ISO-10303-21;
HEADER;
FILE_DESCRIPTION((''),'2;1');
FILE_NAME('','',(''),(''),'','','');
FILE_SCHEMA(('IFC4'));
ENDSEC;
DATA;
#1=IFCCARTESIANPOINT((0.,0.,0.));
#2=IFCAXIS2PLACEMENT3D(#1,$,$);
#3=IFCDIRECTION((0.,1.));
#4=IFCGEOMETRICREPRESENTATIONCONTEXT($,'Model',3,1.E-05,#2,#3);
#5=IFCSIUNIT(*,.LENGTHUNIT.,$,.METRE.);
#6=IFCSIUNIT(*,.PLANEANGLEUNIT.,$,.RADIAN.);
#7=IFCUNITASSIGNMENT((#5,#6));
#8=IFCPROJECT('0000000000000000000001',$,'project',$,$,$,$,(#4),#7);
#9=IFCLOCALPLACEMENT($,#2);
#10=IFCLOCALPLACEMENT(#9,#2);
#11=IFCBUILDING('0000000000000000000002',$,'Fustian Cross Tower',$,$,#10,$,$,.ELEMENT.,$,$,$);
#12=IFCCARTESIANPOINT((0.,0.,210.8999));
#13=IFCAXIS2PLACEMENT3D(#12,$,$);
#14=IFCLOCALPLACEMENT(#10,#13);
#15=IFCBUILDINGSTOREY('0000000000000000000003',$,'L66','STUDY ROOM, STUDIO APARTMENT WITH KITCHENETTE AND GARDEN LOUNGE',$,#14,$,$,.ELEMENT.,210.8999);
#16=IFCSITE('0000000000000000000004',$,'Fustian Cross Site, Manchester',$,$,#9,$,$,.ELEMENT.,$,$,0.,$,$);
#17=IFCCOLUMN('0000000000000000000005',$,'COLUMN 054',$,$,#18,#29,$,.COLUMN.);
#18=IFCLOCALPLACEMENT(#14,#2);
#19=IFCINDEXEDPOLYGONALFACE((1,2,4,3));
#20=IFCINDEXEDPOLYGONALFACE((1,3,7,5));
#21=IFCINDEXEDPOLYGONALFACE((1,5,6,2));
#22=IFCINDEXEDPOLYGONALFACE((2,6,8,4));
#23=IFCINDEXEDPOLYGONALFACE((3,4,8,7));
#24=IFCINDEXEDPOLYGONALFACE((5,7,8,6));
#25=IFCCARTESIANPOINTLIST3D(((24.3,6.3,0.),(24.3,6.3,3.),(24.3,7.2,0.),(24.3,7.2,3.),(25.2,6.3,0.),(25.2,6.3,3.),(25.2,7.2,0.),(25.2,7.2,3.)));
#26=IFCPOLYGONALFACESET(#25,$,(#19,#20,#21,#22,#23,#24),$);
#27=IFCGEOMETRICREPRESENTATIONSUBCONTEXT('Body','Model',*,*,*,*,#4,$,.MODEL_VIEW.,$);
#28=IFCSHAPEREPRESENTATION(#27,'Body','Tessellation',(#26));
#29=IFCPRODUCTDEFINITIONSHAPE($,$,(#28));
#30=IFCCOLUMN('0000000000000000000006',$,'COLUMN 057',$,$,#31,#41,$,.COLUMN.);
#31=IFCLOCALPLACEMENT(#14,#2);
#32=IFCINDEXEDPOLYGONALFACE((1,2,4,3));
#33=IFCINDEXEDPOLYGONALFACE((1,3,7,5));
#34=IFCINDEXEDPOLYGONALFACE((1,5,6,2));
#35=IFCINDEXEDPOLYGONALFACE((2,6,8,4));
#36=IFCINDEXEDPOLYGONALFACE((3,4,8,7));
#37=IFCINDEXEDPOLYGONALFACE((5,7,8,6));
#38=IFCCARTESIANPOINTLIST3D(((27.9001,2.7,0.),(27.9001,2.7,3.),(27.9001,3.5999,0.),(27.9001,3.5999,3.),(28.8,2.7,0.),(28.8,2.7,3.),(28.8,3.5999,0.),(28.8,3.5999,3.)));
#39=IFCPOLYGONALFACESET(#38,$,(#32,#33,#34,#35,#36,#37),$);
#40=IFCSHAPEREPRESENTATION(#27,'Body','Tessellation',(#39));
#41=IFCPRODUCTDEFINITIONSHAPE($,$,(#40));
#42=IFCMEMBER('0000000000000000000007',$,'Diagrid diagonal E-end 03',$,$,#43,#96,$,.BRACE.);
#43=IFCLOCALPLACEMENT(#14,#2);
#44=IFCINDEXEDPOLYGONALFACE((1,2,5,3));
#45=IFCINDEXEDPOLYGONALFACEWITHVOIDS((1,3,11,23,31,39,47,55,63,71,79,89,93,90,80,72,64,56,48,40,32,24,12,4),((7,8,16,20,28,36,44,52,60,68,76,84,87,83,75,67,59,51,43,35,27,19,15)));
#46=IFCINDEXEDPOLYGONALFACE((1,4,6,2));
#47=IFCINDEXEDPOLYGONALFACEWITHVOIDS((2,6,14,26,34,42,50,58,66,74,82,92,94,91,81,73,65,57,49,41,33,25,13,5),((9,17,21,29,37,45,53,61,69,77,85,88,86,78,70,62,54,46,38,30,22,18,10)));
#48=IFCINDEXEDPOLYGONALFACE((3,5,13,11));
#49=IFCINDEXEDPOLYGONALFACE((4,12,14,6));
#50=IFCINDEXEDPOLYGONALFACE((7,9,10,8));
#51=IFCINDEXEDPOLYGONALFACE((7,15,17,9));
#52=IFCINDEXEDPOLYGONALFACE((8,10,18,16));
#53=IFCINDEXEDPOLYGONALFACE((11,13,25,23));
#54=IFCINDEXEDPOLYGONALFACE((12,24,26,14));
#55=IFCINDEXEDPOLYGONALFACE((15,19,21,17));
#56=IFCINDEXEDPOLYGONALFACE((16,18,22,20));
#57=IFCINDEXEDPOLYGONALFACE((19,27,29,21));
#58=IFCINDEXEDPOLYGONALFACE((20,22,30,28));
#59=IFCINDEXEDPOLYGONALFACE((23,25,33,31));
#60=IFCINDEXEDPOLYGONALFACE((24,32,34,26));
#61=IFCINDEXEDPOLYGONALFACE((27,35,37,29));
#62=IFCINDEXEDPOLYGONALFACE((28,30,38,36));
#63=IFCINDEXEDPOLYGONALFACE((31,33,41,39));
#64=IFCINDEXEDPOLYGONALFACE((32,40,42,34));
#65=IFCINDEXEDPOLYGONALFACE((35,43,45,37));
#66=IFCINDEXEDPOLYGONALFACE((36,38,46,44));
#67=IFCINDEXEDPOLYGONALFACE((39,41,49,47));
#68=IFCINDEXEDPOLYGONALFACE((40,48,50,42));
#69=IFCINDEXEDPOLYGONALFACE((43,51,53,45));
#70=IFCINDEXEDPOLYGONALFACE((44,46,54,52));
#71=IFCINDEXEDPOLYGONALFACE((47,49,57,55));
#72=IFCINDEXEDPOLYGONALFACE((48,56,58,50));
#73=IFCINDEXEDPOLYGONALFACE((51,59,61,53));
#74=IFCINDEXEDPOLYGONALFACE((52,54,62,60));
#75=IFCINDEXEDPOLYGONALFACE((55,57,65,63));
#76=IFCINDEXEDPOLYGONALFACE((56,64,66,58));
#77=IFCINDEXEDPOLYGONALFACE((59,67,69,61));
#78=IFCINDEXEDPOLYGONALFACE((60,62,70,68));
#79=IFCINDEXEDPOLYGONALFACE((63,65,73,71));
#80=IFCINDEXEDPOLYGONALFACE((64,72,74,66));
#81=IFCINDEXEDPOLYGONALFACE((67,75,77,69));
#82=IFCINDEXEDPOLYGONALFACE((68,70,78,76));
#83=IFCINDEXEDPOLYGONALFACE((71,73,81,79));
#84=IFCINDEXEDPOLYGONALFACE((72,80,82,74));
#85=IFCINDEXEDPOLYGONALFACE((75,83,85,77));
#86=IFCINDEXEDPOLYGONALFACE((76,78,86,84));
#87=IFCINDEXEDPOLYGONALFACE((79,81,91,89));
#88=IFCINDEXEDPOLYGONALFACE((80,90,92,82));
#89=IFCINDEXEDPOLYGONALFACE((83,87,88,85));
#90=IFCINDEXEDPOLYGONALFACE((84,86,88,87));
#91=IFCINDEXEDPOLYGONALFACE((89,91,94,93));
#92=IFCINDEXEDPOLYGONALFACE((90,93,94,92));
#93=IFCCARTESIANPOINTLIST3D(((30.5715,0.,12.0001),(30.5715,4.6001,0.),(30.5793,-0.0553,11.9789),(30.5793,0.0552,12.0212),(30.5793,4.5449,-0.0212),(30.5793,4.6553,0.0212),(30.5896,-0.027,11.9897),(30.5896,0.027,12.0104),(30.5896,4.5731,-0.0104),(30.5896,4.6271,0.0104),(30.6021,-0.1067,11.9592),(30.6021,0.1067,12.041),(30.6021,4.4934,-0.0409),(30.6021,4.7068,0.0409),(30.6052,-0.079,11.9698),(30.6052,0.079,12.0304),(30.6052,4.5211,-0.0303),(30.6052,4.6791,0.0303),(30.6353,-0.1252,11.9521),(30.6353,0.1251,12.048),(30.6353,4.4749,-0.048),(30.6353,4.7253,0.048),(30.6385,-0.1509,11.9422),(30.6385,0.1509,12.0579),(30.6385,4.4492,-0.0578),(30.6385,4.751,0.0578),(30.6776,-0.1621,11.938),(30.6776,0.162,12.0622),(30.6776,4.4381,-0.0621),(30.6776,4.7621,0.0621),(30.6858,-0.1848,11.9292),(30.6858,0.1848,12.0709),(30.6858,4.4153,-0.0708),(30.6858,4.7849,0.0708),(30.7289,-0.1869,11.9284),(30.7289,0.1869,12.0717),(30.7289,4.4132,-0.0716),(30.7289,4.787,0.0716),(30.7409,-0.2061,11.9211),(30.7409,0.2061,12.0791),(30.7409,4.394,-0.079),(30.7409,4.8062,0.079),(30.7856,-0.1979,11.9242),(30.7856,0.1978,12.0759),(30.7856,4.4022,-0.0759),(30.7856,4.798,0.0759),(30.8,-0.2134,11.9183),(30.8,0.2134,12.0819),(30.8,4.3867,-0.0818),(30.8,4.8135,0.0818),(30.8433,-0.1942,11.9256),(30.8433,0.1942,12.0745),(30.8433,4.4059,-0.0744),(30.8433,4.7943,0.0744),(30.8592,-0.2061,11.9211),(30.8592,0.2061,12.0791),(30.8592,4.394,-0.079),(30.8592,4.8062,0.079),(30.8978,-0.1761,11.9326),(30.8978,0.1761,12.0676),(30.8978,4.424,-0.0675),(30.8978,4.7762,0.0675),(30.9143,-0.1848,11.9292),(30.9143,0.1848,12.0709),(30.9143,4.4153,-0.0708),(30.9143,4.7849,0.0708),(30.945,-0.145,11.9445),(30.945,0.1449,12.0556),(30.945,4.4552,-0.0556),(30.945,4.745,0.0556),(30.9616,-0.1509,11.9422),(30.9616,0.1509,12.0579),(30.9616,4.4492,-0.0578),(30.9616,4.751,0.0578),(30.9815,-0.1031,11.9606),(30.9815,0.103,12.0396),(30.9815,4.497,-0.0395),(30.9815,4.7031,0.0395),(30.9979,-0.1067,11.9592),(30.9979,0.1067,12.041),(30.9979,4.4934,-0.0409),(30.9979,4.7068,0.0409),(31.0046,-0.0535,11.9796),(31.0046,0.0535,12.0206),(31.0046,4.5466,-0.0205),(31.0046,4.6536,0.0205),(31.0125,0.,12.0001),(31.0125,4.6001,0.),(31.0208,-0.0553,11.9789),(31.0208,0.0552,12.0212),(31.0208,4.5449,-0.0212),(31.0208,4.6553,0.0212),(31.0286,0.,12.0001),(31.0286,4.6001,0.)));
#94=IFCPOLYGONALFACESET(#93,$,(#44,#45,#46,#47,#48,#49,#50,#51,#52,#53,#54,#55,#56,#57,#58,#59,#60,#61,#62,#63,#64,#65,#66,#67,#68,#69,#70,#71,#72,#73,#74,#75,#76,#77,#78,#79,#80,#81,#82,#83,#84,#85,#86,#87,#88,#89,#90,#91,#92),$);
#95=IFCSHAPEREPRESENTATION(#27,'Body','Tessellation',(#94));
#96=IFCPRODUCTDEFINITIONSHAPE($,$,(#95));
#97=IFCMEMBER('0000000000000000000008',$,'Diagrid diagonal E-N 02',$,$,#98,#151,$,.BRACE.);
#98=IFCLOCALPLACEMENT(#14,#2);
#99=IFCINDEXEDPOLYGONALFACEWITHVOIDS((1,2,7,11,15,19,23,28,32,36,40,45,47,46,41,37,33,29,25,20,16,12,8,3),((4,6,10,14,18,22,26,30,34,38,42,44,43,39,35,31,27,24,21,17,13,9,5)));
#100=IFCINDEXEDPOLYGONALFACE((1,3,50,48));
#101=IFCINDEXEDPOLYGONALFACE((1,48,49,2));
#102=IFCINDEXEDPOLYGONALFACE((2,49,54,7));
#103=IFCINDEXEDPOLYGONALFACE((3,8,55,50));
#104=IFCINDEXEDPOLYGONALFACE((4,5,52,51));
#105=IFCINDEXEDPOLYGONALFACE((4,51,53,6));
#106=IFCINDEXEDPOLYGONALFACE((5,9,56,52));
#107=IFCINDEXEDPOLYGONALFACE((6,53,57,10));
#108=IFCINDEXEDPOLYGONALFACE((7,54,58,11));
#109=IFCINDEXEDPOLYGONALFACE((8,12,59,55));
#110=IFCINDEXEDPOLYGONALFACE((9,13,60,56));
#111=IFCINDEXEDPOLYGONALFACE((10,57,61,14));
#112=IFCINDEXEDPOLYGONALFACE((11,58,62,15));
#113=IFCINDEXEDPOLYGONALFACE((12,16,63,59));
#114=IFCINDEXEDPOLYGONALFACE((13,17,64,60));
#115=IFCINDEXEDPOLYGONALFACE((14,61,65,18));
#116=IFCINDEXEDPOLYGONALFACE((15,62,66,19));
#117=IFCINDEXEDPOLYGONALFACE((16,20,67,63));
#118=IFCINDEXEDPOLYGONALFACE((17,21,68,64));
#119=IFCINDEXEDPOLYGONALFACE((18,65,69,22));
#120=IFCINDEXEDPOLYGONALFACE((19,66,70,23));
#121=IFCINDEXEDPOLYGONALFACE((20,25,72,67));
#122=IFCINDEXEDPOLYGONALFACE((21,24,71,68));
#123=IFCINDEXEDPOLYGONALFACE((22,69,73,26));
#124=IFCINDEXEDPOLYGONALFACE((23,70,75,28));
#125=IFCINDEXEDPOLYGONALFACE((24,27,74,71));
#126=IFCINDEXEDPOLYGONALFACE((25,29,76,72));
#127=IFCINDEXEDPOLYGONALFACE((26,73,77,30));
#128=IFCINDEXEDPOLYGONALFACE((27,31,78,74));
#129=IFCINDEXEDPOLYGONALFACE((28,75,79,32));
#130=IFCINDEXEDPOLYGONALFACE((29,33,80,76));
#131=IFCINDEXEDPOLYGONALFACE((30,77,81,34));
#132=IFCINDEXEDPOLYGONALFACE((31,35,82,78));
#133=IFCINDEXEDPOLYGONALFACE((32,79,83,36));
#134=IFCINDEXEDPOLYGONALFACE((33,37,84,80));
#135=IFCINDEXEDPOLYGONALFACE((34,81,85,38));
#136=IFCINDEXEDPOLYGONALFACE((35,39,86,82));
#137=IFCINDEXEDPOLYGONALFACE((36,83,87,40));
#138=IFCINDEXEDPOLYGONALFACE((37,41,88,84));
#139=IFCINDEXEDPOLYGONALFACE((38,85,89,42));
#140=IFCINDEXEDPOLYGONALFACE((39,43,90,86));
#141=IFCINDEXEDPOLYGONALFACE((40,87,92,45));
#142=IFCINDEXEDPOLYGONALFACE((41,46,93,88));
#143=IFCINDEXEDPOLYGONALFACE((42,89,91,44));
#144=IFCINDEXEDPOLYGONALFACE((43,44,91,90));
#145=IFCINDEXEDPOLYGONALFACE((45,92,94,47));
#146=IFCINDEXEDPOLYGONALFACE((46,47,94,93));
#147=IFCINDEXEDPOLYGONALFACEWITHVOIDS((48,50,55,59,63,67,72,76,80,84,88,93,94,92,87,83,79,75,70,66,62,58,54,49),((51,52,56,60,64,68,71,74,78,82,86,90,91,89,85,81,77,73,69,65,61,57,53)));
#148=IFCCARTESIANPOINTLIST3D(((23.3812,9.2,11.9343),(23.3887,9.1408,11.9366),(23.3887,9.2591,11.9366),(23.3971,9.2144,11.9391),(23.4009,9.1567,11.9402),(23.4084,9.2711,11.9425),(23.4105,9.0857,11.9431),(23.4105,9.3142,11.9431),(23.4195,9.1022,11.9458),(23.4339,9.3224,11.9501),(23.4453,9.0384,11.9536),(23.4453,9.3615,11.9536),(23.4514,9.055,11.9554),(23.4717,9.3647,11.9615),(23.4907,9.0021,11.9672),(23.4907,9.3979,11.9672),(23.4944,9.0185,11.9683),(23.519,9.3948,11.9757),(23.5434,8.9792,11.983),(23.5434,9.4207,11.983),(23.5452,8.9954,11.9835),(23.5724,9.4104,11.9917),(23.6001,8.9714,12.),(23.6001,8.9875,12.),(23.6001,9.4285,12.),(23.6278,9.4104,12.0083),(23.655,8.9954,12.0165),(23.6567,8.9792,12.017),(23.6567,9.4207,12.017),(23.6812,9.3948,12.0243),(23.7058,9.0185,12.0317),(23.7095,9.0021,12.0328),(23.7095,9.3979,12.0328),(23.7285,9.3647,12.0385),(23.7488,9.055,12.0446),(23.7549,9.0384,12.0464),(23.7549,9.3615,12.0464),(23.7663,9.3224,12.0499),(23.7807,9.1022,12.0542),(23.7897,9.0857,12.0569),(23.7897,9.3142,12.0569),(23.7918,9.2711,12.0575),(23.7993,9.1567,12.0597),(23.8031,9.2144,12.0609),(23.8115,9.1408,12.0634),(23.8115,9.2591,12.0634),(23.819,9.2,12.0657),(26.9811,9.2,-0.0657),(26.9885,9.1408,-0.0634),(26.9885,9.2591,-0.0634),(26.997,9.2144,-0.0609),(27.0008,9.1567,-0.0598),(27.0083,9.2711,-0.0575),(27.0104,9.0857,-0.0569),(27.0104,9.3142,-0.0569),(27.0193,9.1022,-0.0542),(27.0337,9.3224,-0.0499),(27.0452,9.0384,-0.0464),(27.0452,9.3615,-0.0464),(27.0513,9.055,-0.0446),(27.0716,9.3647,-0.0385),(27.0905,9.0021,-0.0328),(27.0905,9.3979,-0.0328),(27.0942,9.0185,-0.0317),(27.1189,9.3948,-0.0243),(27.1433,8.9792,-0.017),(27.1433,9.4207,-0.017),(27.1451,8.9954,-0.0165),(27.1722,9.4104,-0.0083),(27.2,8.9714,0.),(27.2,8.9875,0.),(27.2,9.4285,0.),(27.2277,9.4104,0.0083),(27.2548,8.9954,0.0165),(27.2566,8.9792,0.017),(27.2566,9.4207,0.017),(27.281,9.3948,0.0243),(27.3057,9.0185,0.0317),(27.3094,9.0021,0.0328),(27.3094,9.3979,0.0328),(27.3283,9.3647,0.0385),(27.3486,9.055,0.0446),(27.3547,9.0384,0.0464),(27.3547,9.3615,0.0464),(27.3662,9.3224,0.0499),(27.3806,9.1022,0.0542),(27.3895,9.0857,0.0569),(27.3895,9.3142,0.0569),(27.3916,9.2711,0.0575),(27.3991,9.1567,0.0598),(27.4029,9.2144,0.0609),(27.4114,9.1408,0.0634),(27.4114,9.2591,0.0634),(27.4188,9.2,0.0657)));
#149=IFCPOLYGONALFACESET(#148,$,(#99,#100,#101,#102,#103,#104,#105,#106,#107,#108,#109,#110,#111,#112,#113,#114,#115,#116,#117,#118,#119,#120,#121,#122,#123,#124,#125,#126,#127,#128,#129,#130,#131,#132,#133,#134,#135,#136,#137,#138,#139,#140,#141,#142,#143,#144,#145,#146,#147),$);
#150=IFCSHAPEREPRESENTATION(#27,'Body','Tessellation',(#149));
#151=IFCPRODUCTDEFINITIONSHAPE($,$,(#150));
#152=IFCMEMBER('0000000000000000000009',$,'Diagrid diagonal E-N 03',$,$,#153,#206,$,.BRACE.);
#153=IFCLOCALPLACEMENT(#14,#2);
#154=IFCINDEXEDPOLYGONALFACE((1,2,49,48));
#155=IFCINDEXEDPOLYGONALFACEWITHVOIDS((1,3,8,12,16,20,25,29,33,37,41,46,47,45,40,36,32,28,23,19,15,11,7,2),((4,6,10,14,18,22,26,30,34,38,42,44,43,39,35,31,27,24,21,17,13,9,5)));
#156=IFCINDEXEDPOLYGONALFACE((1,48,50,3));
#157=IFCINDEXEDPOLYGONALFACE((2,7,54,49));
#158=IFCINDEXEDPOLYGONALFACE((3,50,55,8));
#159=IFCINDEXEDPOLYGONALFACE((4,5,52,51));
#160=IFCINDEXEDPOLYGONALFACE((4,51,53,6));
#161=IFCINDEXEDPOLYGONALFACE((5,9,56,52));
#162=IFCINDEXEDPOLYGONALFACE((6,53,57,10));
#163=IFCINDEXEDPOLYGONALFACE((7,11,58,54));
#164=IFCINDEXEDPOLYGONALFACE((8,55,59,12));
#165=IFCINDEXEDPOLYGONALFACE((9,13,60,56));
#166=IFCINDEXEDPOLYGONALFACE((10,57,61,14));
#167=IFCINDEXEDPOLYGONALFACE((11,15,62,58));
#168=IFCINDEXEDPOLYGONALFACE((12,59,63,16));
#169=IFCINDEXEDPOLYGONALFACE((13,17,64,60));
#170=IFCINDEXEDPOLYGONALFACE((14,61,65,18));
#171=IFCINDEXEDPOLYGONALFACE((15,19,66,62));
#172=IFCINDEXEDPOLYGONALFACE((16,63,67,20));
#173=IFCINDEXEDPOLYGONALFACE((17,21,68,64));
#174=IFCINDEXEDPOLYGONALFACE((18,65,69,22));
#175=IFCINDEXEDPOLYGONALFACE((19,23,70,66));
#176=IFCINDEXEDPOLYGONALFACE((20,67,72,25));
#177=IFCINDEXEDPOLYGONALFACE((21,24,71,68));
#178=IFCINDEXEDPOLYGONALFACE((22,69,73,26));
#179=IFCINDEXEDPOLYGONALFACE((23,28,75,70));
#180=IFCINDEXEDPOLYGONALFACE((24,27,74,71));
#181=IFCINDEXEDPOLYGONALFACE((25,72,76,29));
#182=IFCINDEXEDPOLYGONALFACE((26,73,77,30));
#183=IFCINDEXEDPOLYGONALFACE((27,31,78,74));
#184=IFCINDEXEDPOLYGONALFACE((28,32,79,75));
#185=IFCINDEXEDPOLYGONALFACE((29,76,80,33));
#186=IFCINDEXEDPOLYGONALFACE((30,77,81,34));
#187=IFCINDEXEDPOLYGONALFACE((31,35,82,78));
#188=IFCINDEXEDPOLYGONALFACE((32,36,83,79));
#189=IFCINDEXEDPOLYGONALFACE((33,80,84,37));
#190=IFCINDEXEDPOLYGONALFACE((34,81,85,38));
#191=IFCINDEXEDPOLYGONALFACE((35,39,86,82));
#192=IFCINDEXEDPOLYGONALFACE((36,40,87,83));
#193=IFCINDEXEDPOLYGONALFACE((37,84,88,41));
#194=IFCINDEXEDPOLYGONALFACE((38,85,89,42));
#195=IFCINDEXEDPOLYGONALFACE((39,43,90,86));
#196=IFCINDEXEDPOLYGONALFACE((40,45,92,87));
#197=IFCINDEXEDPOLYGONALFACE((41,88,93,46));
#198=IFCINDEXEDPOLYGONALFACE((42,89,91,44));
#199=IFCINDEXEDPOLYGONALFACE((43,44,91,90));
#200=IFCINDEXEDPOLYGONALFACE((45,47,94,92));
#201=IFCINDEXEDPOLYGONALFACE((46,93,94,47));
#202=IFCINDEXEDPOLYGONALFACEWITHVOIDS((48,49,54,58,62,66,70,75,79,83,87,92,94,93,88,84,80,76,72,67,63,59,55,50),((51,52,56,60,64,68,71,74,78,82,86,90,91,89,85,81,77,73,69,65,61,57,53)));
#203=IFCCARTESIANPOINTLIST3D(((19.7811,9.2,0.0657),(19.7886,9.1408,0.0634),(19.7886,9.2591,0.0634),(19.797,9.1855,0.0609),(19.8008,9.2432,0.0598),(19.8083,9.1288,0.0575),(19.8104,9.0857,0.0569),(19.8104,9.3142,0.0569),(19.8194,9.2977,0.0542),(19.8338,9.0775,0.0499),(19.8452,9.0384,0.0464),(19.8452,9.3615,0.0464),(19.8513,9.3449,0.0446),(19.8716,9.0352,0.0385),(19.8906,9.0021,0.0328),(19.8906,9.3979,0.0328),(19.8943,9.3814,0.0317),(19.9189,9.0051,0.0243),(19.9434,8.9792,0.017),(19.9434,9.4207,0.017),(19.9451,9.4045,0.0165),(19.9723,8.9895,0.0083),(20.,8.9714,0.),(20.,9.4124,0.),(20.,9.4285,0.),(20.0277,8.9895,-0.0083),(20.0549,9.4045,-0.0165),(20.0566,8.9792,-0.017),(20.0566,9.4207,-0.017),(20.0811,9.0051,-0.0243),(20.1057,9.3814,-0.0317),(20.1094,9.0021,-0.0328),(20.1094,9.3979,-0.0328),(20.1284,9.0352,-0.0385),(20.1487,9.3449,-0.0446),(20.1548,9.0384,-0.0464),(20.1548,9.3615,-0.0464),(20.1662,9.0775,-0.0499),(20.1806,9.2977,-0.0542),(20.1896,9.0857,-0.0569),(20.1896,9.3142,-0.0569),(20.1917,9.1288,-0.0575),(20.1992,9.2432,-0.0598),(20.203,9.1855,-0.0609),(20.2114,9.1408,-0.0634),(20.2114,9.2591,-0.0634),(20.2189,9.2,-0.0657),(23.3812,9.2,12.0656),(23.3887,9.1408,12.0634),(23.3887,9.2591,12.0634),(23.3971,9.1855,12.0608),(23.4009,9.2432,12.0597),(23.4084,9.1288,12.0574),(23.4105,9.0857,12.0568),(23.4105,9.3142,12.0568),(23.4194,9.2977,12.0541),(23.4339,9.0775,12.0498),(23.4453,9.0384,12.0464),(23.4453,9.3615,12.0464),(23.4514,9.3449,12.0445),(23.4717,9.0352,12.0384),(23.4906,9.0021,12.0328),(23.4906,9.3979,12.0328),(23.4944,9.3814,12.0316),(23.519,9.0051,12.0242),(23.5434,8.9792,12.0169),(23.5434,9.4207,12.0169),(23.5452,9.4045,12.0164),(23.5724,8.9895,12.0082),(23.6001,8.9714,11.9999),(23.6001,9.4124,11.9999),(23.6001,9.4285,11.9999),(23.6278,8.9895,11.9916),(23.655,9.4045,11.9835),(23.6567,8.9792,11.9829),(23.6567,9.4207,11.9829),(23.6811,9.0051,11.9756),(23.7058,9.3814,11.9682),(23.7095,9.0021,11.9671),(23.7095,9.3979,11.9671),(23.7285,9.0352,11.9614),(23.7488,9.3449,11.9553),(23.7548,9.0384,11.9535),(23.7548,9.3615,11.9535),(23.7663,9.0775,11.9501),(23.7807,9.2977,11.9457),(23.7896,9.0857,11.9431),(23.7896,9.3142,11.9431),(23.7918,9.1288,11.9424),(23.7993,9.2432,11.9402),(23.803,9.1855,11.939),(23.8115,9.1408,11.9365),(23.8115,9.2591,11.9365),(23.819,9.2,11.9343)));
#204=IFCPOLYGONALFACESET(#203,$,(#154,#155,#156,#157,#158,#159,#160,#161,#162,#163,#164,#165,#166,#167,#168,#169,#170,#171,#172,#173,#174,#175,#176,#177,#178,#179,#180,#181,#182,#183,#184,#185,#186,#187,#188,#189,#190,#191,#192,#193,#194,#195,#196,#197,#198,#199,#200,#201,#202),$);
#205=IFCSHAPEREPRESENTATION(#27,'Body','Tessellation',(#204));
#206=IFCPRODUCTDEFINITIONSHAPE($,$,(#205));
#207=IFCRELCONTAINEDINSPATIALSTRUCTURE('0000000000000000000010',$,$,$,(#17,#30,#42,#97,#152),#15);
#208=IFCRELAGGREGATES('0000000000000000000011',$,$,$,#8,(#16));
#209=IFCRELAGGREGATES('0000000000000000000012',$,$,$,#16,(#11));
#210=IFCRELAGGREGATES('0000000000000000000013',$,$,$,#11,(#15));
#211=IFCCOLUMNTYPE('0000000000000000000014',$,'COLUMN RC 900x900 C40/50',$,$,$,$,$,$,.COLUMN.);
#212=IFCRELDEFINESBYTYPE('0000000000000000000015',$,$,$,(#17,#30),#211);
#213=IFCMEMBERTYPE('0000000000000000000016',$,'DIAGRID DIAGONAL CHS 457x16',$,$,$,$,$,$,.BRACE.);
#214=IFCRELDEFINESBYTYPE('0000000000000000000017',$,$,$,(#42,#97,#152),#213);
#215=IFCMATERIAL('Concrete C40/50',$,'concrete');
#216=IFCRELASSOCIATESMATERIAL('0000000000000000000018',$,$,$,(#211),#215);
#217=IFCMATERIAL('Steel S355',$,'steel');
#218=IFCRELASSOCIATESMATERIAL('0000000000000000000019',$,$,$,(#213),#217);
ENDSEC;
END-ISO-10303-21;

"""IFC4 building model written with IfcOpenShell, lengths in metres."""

from ifc_helpers import new_model, si_unit, direction, frame, origin, origin_2d, place, context, subcontext, project, spatial, rectangle, hollow_circle, extrude, material, material_profile, profile_set, type_object, element, save


model = new_model("IFC4")

# Units and contexts
model_context = context("Model", 3, precision=1e-05, world=origin(), true_north=direction((0.0, 1.0)))
body_context = subcontext(model_context, "Body", "Model", "MODEL_VIEW")
ifc_project = project(units=[si_unit("LENGTHUNIT", "METRE"), si_unit("PLANEANGLEUNIT", "RADIAN")], contexts=[model_context])

# Site, building, storey
site_placement = place(None, origin())
site = spatial("IfcSite", under=ifc_project, at=site_placement, Name="Fustian Cross Site, Manchester", CompositionType="ELEMENT", RefElevation=0.0)
building_placement = place(site_placement, origin())
building = spatial("IfcBuilding", under=site, at=building_placement, Name="Fustian Cross Tower", CompositionType="ELEMENT")
storey_placement = place(building_placement, frame((0.0, 0.0, 210.8999)))
storey = spatial("IfcBuildingStorey", under=building, at=storey_placement, Name="L66", Description="STUDY ROOM, STUDIO APARTMENT WITH KITCHENETTE AND GARDEN LOUNGE", CompositionType="ELEMENT", Elevation=210.8999)

# Columns
ifc_material_1 = material(Name="Concrete C40/50", Category="concrete")
ifc_material_profile_1 = material_profile(ifc_material_1, rectangle(XDim=0.8999, YDim=0.8999, at=origin_2d()), Name="RC 900x900")
ifc_profile_set_1 = profile_set([ifc_material_profile_1], Name="Concrete C40/50")
column_type = type_object("IfcColumnType", Name="COLUMN RC 900x900 C40/50", PredefinedType="COLUMN", material=ifc_profile_set_1)
for number, where, z_axis, x_axis, name in (
    (1, (24.75, 6.75, 0.0), (0.0, 0.0, 1.0), (1.0, 0.0, 0.0), "COLUMN 054"),
    (2, (28.3501, 3.1499, 0.0), (0.0, 0.0, 1.0), (1.0, 0.0, 0.0), "COLUMN 057"),
):
    element("IfcColumn", number, at=place(storey_placement, frame(where, z_axis=z_axis, x_axis=x_axis)), inside=storey, type_object=column_type, Name=name, PredefinedType="COLUMN", context=body_context, shape_type="SweptSolid", body=[
        extrude(rectangle(XDim=0.8999, YDim=0.8999, at=origin_2d()), origin(), (0.0, 0.0, 1.0), 3.0),
    ])

# Members
ifc_material_2 = material(Name="Steel S355", Category="steel")
ifc_material_profile_2 = material_profile(ifc_material_2, hollow_circle(Radius=0.2285, WallThickness=0.0161, at=origin_2d()), Name="CHS 457x16")
ifc_profile_set_2 = profile_set([ifc_material_profile_2], Name="Steel S355")
member_type_1 = type_object("IfcMemberType", Name="DIAGRID DIAGONAL CHS 457x16", PredefinedType="BRACE", material=ifc_profile_set_2)
member_1_placement = place(storey_placement, frame((30.8, 4.6001, 0.0), z_axis=(0.0, -0.357943, 0.933744), x_axis=(1.0, 0.0, 0.0)))
element("IfcMember", 3, at=member_1_placement, inside=storey, type_object=member_type_1, Name="Diagrid diagonal E-end 03", PredefinedType="BRACE", context=body_context, shape_type="SweptSolid", body=[
    extrude(hollow_circle(Radius=0.2285, WallThickness=0.0161, at=origin_2d()), origin(), (0.0, 0.0, 1.0), 12.8516),
])
for number, where, z_axis, x_axis, name in (
    (4, (27.2, 9.2, 0.0), (-0.287337, 0.0, 0.95783), (0.0, -1.0, 0.0), "Diagrid diagonal E-N 02"),
    (5, (20.0, 9.2, 0.0), (0.287355, 0.0, 0.957824), (0.0, 1.0, 0.0), "Diagrid diagonal E-N 03"),
):
    element("IfcMember", number, at=place(storey_placement, frame(where, z_axis=z_axis, x_axis=x_axis)), inside=storey, type_object=member_type_1, Name=name, PredefinedType="BRACE", context=body_context, shape_type="SweptSolid", body=[
        extrude(hollow_circle(Radius=0.2285, WallThickness=0.0161, at=origin_2d()), origin(), (0.0, 0.0, 1.0), 12.5283),
    ])

save(model, "model.ifc")
